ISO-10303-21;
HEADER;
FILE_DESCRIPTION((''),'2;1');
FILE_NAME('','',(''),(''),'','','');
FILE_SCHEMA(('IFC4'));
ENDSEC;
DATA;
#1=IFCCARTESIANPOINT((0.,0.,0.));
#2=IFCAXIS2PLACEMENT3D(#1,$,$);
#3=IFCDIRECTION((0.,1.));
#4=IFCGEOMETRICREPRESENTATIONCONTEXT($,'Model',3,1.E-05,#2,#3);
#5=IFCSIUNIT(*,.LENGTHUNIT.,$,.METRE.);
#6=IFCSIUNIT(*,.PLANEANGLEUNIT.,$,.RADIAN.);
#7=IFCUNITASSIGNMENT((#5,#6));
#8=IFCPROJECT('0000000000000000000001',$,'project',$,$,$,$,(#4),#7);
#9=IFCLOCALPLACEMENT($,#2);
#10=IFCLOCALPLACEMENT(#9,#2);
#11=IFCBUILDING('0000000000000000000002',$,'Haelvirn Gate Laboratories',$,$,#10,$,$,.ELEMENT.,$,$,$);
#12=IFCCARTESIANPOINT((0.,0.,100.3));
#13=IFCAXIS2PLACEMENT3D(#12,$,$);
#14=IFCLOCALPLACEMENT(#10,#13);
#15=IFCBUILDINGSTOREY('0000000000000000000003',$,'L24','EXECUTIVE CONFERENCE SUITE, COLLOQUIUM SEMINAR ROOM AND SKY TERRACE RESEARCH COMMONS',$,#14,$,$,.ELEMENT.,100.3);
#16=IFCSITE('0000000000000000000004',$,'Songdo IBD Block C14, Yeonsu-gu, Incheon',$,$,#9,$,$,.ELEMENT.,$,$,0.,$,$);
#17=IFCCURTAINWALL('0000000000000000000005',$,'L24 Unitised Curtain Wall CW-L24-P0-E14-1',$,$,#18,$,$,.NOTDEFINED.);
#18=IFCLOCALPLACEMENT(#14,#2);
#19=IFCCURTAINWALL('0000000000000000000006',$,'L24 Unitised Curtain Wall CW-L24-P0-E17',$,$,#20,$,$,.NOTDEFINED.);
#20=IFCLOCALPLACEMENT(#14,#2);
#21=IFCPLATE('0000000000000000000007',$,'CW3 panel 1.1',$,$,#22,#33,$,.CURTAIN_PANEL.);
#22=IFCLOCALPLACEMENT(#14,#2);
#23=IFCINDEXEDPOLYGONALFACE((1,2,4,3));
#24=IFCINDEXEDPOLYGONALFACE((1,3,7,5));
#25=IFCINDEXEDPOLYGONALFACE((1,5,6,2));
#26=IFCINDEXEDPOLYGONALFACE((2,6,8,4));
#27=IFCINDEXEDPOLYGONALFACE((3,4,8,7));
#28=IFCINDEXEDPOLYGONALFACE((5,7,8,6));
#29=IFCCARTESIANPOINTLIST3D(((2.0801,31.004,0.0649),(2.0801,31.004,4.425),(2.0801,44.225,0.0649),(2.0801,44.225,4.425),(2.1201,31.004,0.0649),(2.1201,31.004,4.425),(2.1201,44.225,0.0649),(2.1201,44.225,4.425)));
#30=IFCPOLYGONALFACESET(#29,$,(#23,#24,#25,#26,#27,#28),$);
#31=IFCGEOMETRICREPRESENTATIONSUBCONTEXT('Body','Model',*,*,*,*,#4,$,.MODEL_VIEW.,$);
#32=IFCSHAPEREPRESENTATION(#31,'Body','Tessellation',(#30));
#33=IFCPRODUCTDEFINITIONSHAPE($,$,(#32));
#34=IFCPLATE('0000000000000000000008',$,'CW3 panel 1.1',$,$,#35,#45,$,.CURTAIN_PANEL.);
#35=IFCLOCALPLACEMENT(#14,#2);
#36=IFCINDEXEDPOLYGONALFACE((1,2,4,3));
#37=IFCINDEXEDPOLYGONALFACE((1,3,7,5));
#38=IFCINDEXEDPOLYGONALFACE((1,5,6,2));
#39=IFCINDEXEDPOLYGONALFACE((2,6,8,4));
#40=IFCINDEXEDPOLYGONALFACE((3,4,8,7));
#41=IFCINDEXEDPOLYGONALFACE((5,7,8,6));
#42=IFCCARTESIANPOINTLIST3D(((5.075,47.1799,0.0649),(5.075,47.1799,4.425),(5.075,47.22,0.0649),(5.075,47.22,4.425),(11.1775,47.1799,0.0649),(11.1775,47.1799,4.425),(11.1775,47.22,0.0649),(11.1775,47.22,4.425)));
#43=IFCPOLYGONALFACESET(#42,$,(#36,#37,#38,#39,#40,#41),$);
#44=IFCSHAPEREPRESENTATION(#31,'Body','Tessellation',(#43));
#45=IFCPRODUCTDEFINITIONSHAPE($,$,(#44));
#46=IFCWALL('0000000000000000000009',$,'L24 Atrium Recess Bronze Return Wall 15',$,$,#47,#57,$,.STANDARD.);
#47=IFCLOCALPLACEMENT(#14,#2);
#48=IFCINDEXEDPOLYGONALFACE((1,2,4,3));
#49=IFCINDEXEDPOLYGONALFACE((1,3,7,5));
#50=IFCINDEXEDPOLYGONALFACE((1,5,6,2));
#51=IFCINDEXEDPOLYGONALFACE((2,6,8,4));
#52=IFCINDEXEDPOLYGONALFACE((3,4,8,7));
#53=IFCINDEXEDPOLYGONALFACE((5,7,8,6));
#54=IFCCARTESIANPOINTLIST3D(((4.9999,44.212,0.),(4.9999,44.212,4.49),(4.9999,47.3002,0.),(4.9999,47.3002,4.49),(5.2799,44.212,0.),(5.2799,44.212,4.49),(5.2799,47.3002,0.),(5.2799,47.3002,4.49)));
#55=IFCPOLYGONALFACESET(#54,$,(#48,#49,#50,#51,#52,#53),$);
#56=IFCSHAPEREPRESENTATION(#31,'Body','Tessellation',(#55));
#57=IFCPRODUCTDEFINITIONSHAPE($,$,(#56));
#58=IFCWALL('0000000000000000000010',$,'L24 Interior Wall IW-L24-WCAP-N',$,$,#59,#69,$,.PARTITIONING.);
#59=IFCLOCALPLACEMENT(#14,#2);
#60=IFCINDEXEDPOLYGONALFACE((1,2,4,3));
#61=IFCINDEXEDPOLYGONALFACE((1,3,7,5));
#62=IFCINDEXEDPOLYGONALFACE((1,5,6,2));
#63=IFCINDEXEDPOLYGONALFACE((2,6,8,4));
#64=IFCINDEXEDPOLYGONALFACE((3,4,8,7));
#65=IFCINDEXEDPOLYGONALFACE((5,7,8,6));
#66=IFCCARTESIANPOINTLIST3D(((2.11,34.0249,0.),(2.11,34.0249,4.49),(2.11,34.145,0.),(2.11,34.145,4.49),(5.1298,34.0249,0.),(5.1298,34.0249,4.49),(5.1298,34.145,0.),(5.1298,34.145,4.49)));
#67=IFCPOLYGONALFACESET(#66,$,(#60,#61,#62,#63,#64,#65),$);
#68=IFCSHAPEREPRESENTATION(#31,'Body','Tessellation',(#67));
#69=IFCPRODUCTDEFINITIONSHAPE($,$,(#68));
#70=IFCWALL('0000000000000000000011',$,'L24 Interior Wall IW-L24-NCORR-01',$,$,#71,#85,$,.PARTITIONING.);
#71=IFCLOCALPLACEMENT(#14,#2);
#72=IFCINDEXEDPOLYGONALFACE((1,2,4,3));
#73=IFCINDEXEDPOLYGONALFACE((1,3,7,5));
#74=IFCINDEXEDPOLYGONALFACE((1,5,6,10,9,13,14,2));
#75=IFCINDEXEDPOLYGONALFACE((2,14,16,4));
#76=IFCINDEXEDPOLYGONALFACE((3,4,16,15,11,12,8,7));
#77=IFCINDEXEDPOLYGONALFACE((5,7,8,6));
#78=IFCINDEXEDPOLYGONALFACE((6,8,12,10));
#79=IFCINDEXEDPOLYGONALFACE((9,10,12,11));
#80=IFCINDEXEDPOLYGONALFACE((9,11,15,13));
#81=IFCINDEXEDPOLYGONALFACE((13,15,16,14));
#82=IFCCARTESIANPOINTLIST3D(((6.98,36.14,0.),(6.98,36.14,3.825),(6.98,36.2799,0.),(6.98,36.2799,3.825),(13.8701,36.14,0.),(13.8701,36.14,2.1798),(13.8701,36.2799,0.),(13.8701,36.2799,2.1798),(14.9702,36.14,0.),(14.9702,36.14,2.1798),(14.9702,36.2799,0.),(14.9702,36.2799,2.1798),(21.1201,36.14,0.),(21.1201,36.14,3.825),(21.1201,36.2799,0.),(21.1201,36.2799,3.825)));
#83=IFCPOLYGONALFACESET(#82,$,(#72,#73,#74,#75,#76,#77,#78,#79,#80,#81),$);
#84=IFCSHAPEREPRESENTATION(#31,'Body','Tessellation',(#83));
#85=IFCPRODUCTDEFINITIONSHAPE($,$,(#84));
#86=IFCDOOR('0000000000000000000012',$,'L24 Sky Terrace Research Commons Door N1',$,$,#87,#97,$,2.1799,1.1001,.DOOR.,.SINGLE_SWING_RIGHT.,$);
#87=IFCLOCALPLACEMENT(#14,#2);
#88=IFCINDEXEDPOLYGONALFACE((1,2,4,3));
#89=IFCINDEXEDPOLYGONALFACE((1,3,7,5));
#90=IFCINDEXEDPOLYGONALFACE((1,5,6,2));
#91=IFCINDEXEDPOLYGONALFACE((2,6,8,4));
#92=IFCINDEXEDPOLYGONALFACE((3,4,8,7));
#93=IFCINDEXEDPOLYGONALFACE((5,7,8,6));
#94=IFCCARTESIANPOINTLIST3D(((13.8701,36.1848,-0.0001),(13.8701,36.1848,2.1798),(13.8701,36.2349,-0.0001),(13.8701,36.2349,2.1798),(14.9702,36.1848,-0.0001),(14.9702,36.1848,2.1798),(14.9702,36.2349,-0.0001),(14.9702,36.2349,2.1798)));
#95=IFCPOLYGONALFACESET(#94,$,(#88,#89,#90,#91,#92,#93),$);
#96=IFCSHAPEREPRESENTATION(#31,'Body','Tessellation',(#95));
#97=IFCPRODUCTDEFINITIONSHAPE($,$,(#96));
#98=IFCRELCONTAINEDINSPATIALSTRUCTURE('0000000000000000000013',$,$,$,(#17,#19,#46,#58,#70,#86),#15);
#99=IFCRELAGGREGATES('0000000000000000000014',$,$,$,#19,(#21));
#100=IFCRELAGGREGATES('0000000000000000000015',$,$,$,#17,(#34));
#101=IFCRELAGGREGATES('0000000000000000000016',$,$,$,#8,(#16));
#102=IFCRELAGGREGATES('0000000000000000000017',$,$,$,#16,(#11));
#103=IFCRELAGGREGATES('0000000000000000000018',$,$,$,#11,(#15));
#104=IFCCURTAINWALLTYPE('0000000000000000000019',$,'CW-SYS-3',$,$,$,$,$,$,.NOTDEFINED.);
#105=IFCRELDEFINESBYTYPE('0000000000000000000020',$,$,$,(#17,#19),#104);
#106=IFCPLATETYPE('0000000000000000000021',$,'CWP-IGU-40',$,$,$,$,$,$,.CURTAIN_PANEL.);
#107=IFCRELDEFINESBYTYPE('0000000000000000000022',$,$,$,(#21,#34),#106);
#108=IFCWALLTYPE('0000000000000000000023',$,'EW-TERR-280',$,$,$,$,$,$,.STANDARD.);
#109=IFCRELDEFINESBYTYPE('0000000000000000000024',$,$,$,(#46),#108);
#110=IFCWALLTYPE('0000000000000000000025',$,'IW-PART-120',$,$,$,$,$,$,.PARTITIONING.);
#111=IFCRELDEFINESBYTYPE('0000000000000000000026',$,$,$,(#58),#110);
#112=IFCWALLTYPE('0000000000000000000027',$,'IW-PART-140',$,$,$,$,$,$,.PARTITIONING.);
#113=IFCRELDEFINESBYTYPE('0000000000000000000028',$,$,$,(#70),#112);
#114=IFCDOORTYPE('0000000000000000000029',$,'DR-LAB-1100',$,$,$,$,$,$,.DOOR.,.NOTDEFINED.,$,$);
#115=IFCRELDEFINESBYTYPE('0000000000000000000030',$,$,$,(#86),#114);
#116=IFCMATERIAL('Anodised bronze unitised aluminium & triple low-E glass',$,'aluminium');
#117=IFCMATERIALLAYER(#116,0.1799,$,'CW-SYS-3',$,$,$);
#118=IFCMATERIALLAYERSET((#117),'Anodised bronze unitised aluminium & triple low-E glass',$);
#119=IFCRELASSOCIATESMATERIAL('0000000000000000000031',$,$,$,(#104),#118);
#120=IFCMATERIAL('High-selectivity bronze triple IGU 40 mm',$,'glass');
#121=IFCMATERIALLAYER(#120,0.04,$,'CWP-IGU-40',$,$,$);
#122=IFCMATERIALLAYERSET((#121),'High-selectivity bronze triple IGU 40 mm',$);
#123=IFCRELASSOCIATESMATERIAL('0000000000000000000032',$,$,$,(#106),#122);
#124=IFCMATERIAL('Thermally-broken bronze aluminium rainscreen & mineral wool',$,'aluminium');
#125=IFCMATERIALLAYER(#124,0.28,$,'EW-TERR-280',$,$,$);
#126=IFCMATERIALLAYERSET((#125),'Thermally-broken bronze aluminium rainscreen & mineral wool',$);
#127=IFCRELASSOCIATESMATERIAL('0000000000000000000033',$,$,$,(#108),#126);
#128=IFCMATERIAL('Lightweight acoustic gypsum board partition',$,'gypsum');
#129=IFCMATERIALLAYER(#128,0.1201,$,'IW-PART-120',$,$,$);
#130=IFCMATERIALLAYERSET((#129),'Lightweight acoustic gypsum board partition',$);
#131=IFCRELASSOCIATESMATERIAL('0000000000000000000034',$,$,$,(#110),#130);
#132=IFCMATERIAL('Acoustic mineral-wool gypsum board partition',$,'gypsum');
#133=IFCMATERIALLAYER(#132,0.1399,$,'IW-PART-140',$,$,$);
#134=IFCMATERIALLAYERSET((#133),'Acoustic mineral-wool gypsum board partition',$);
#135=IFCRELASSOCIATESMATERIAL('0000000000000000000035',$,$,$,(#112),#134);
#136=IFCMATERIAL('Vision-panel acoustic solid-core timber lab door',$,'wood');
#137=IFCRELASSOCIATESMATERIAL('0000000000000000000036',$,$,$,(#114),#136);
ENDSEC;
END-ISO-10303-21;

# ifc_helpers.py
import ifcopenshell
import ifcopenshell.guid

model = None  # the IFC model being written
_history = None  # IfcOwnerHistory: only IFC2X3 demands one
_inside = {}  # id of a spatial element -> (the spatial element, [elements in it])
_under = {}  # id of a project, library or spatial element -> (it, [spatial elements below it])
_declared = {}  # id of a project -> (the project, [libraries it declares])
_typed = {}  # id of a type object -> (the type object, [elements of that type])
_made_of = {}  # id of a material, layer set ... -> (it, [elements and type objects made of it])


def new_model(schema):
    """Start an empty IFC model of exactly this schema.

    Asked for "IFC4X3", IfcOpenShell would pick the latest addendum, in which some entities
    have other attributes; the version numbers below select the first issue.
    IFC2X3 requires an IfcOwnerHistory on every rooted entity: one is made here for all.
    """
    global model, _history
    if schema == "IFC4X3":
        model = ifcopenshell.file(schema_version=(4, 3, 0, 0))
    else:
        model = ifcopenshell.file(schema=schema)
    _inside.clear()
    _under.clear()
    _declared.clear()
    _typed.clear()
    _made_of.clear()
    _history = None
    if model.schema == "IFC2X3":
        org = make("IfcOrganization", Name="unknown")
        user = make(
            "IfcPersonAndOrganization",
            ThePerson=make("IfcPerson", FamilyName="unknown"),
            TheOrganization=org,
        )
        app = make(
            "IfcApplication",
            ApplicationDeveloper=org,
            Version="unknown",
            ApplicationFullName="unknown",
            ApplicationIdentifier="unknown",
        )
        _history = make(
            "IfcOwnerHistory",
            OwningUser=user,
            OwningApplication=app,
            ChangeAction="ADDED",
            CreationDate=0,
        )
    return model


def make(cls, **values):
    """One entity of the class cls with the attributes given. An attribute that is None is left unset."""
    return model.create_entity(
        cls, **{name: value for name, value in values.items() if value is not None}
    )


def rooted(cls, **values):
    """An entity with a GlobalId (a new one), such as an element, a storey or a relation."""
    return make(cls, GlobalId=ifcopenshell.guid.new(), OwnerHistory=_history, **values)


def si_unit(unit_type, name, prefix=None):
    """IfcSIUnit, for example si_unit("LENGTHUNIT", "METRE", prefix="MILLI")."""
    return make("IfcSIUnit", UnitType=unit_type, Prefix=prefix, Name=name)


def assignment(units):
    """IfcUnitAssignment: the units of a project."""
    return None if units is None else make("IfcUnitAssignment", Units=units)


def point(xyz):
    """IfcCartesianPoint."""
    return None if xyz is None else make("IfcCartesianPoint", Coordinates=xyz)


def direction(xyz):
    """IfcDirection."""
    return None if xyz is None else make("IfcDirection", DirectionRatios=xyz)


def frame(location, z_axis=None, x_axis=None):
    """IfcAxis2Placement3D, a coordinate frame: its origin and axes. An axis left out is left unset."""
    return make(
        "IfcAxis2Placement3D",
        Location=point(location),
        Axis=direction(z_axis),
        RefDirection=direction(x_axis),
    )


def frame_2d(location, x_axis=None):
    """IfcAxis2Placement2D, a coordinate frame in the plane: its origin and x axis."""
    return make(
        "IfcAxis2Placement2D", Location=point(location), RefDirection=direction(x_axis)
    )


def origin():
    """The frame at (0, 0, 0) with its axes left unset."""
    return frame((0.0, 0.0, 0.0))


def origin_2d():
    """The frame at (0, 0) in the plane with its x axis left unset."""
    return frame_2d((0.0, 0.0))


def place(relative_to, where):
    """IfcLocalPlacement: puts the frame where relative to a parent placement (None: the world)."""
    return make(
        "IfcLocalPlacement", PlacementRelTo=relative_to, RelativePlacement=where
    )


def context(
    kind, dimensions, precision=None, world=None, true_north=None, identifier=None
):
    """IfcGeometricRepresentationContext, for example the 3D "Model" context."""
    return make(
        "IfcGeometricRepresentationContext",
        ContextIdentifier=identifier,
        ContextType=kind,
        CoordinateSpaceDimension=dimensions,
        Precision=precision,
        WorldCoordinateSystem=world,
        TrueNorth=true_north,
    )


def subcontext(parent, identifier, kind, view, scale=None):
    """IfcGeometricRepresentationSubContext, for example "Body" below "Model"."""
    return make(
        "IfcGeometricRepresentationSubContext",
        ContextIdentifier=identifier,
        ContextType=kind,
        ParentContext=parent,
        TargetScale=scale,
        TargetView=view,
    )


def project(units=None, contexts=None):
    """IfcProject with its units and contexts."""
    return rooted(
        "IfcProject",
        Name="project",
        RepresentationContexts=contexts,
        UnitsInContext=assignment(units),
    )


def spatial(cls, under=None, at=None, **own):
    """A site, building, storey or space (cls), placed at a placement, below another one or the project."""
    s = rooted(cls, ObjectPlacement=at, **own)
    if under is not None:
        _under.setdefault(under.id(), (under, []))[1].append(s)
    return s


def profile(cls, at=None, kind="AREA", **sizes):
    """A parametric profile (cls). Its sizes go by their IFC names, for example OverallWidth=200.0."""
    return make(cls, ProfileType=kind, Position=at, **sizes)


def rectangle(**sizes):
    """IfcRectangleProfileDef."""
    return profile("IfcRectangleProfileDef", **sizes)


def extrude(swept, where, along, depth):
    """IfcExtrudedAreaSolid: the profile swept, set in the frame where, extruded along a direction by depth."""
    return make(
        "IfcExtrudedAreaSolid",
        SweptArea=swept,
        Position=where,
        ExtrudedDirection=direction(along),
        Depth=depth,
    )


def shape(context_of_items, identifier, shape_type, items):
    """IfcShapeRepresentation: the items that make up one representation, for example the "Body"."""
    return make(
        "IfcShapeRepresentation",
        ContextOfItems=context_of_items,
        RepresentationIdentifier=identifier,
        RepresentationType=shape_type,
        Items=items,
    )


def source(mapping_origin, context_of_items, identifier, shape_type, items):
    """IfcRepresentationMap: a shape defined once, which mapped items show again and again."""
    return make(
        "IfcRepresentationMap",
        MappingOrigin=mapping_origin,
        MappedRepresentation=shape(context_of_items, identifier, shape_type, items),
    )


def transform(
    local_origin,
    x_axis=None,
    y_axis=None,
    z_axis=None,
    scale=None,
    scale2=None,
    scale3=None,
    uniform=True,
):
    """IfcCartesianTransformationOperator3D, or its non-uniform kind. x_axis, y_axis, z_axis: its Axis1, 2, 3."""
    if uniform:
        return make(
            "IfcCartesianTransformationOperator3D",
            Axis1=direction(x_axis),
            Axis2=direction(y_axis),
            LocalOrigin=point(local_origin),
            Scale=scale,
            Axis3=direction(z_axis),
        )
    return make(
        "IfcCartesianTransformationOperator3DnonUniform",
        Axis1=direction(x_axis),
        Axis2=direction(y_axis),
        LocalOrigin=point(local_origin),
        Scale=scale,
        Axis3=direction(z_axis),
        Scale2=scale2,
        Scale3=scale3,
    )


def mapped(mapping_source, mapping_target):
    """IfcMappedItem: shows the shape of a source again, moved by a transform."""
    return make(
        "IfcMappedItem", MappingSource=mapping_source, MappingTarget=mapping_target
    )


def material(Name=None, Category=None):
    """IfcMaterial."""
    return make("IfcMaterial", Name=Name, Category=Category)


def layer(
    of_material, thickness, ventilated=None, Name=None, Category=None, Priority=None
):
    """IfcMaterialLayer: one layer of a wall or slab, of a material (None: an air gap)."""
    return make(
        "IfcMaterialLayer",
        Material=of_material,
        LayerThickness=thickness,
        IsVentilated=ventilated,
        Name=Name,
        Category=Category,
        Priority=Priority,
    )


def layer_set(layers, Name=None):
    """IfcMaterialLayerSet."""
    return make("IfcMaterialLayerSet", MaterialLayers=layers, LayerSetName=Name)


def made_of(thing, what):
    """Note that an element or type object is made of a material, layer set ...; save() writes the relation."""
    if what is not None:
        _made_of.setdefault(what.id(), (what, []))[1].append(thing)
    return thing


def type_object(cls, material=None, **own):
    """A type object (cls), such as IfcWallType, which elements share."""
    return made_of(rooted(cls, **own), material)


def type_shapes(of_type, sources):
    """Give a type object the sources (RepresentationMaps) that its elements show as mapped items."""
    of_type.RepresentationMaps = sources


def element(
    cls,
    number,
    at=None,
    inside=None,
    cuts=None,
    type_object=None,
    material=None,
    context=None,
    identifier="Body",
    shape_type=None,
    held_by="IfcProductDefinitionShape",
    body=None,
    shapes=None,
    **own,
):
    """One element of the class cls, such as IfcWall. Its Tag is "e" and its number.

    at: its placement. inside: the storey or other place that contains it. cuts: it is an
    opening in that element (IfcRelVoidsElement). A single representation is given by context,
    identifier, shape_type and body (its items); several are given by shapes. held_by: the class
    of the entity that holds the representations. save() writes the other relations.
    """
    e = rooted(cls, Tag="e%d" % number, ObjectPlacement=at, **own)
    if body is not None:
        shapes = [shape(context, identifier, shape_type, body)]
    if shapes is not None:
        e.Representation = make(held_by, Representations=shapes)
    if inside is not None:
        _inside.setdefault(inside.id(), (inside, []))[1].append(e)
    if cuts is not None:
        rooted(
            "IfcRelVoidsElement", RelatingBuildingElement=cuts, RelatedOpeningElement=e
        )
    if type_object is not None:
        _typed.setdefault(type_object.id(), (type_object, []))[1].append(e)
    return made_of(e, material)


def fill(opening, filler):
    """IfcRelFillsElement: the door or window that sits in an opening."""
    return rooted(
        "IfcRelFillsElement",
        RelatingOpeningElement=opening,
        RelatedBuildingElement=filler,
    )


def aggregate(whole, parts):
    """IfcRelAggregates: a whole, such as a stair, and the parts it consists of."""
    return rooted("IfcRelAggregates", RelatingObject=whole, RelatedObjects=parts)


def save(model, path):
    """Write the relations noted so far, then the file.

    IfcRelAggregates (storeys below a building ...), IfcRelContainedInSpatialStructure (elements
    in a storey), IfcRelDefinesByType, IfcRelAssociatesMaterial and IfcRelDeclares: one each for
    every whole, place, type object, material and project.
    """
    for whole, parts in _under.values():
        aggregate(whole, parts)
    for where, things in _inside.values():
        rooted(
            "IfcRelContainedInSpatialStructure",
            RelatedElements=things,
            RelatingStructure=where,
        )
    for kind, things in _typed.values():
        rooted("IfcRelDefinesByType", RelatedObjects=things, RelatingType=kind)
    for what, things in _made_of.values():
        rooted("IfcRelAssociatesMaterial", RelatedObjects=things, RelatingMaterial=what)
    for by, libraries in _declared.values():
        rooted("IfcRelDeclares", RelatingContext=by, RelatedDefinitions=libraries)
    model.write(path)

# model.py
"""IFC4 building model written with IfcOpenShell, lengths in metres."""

from ifc_helpers import new_model, si_unit, direction, frame, frame_2d, origin, origin_2d, place, context, subcontext, project, spatial, rectangle, extrude, source, transform, mapped, material, layer, layer_set, type_object, type_shapes, element, fill, aggregate, save


model = new_model("IFC4")

# Units and contexts
model_context = context("Model", 3, precision=1e-05, world=origin(), true_north=direction((0.0, 1.0)))
body_context = subcontext(model_context, "Body", "Model", "MODEL_VIEW")
ifc_project = project(units=[si_unit("LENGTHUNIT", "METRE"), si_unit("PLANEANGLEUNIT", "RADIAN")], contexts=[model_context])

# Site, building, storey
site_placement = place(None, origin())
site = spatial("IfcSite", under=ifc_project, at=site_placement, Name="Songdo IBD Block C14, Yeonsu-gu, Incheon", CompositionType="ELEMENT", RefElevation=0.0)
building_placement = place(site_placement, origin())
building = spatial("IfcBuilding", under=site, at=building_placement, Name="Haelvirn Gate Laboratories", CompositionType="ELEMENT")
storey_placement = place(building_placement, frame((0.0, 0.0, 100.3)))
storey = spatial("IfcBuildingStorey", under=building, at=storey_placement, Name="L24", Description="EXECUTIVE CONFERENCE SUITE, COLLOQUIUM SEMINAR ROOM AND SKY TERRACE RESEARCH COMMONS", CompositionType="ELEMENT", Elevation=100.3)

# Curtain wall
ifc_material_1 = material(Name="Anodised bronze unitised aluminium & triple low-E glass", Category="aluminium")
ifc_layer_1 = layer(ifc_material_1, 0.1799, Name="CW-SYS-3")
ifc_layer_set_1 = layer_set([ifc_layer_1], Name="Anodised bronze unitised aluminium & triple low-E glass")
curtain_wall_type_1 = type_object("IfcCurtainWallType", Name="CW-SYS-3", PredefinedType="NOTDEFINED", material=ifc_layer_set_1)
curtain_wall_1_placement = place(storey_placement, origin())
curtain_wall_1 = element("IfcCurtainWall", 1, at=curtain_wall_1_placement, inside=storey, type_object=curtain_wall_type_1, Name="L24 Unitised Curtain Wall CW-L24-P0-E14-1", PredefinedType="NOTDEFINED")

# Curtain wall
curtain_wall_2_placement = place(storey_placement, origin())
curtain_wall_2 = element("IfcCurtainWall", 2, at=curtain_wall_2_placement, inside=storey, type_object=curtain_wall_type_1, Name="L24 Unitised Curtain Wall CW-L24-P0-E17", PredefinedType="NOTDEFINED")

# Plates
ifc_material_2 = material(Name="High-selectivity bronze triple IGU 40 mm", Category="glass")
ifc_layer_2 = layer(ifc_material_2, 0.04, Name="CWP-IGU-40")
ifc_layer_set_2 = layer_set([ifc_layer_2], Name="High-selectivity bronze triple IGU 40 mm")
plate_type_1 = type_object("IfcPlateType", Name="CWP-IGU-40", PredefinedType="CURTAIN_PANEL", material=ifc_layer_set_2)
shared_shape_1 = source(origin(), body_context, "Body", "SweptSolid", [
    extrude(rectangle(XDim=13.2209, YDim=0.04, at=origin_2d()), origin(), (0.0, 0.0, 1.0), 4.3601),
])
plate_1_placement = place(storey_placement, frame((2.1001, 37.6145, 0.0649), z_axis=(0.0, 0.0, 1.0), x_axis=(0.0, -1.0, 0.0)))
plate_1 = element("IfcPlate", 3, at=plate_1_placement, type_object=plate_type_1, Name="CW3 panel 1.1", PredefinedType="CURTAIN_PANEL", context=body_context, shape_type="MappedRepresentation", body=[
    mapped(shared_shape_1, transform((0.0, 0.0, 0.0), scale=1.0)),
])
aggregate(curtain_wall_2, [plate_1])
shared_shape_2 = source(origin(), body_context, "Body", "SweptSolid", [
    extrude(rectangle(XDim=6.1025, YDim=0.04, at=origin_2d()), origin(), (0.0, 0.0, 1.0), 4.3601),
])
type_shapes(plate_type_1, [shared_shape_1, shared_shape_2])
plate_2_placement = place(storey_placement, frame((8.1262, 47.2, 0.0649), z_axis=(0.0, 0.0, 1.0), x_axis=(1.0, 0.0, 0.0)))
plate_2 = element("IfcPlate", 4, at=plate_2_placement, type_object=plate_type_1, Name="CW3 panel 1.1", PredefinedType="CURTAIN_PANEL", context=body_context, shape_type="MappedRepresentation", body=[
    mapped(shared_shape_2, transform((0.0, 0.0, 0.0), scale=1.0)),
])
aggregate(curtain_wall_1, [plate_2])

# Walls
ifc_material_3 = material(Name="Thermally-broken bronze aluminium rainscreen & mineral wool", Category="aluminium")
ifc_layer_3 = layer(ifc_material_3, 0.28, Name="EW-TERR-280")
ifc_layer_set_3 = layer_set([ifc_layer_3], Name="Thermally-broken bronze aluminium rainscreen & mineral wool")
wall_type_1 = type_object("IfcWallType", Name="EW-TERR-280", PredefinedType="STANDARD", material=ifc_layer_set_3)
wall_1_placement = place(storey_placement, frame((5.1399, 47.3, 0.0), z_axis=(0.0, 0.0, 1.0), x_axis=(0.0, -1.0, 0.0)))
element("IfcWall", 5, at=wall_1_placement, inside=storey, type_object=wall_type_1, Name="L24 Atrium Recess Bronze Return Wall 15", PredefinedType="STANDARD", context=body_context, shape_type="SweptSolid", body=[
    extrude(rectangle(XDim=3.0881, YDim=0.28, at=frame_2d((1.5439, 0.0))), origin(), (0.0, 0.0, 1.0), 4.49),
])
ifc_material_4 = material(Name="Lightweight acoustic gypsum board partition", Category="gypsum")
ifc_layer_4 = layer(ifc_material_4, 0.1201, Name="IW-PART-120")
ifc_layer_set_4 = layer_set([ifc_layer_4], Name="Lightweight acoustic gypsum board partition")
wall_type_2 = type_object("IfcWallType", Name="IW-PART-120", PredefinedType="PARTITIONING", material=ifc_layer_set_4)
wall_2_placement = place(storey_placement, frame((2.1101, 34.085, 0.0), z_axis=(0.0, 0.0, 1.0), x_axis=(1.0, 0.0, 0.0)))
element("IfcWall", 6, at=wall_2_placement, inside=storey, type_object=wall_type_2, Name="L24 Interior Wall IW-L24-WCAP-N", PredefinedType="PARTITIONING", context=body_context, shape_type="SweptSolid", body=[
    extrude(rectangle(XDim=3.0198, YDim=0.1201, at=frame_2d((1.5098, 0.0))), origin(), (0.0, 0.0, 1.0), 4.49),
])

# Wall, opening, door
ifc_material_5 = material(Name="Acoustic mineral-wool gypsum board partition", Category="gypsum")
ifc_layer_5 = layer(ifc_material_5, 0.1399, Name="IW-PART-140")
ifc_layer_set_5 = layer_set([ifc_layer_5], Name="Acoustic mineral-wool gypsum board partition")
wall_type_3 = type_object("IfcWallType", Name="IW-PART-140", PredefinedType="PARTITIONING", material=ifc_layer_set_5)
wall_3_placement = place(storey_placement, frame((6.98, 36.21, 0.0), z_axis=(0.0, 0.0, 1.0), x_axis=(1.0, 0.0, 0.0)))
wall_3 = element("IfcWall", 7, at=wall_3_placement, inside=storey, type_object=wall_type_3, Name="L24 Interior Wall IW-L24-NCORR-01", PredefinedType="PARTITIONING", context=body_context, shape_type="SweptSolid", body=[
    extrude(rectangle(XDim=14.1401, YDim=0.1399, at=frame_2d((7.0701, 0.0))), origin(), (0.0, 0.0, 1.0), 3.825),
])
opening_1_placement = place(wall_3_placement, frame((6.8901, 0.0, 0.0)))
opening_1 = element("IfcOpeningElement", 8, at=opening_1_placement, cuts=wall_3, PredefinedType="OPENING", context=body_context, shape_type="SweptSolid", body=[
    extrude(rectangle(XDim=1.1001, YDim=2.1799, at=frame_2d((0.55, 1.0898))), frame((0.0, 0.0801, 0.0), z_axis=(0.0, -1.0, 0.0), x_axis=(1.0, 0.0, 0.0)), (0.0, 0.0, 1.0), 0.1599),
])
ifc_material_6 = material(Name="Vision-panel acoustic solid-core timber lab door", Category="wood")
door_type_1 = type_object("IfcDoorType", Name="DR-LAB-1100", OperationType="NOTDEFINED", PredefinedType="DOOR", material=ifc_material_6)
shared_shape_3 = source(origin(), body_context, "Body", "SweptSolid", [
    extrude(rectangle(XDim=1.1001, YDim=2.1799, at=frame_2d((0.55, 1.0898))), frame((0.0, 0.0249, 0.0), z_axis=(0.0, -1.0, 0.0), x_axis=(1.0, 0.0, 0.0)), (0.0, 0.0, 1.0), 0.05),
])
type_shapes(door_type_1, [shared_shape_3])
door_1_placement = place(opening_1_placement, origin())
door_1 = element("IfcDoor", 9, at=door_1_placement, inside=storey, type_object=door_type_1, Name="L24 Sky Terrace Research Commons Door N1", OperationType="SINGLE_SWING_RIGHT", OverallHeight=2.1799, OverallWidth=1.1001, PredefinedType="DOOR", context=body_context, shape_type="MappedRepresentation", body=[
    mapped(shared_shape_3, transform((0.0, 0.0, 0.0), scale=1.0)),
])
fill(opening_1, door_1)

save(model, "model.ifc")
